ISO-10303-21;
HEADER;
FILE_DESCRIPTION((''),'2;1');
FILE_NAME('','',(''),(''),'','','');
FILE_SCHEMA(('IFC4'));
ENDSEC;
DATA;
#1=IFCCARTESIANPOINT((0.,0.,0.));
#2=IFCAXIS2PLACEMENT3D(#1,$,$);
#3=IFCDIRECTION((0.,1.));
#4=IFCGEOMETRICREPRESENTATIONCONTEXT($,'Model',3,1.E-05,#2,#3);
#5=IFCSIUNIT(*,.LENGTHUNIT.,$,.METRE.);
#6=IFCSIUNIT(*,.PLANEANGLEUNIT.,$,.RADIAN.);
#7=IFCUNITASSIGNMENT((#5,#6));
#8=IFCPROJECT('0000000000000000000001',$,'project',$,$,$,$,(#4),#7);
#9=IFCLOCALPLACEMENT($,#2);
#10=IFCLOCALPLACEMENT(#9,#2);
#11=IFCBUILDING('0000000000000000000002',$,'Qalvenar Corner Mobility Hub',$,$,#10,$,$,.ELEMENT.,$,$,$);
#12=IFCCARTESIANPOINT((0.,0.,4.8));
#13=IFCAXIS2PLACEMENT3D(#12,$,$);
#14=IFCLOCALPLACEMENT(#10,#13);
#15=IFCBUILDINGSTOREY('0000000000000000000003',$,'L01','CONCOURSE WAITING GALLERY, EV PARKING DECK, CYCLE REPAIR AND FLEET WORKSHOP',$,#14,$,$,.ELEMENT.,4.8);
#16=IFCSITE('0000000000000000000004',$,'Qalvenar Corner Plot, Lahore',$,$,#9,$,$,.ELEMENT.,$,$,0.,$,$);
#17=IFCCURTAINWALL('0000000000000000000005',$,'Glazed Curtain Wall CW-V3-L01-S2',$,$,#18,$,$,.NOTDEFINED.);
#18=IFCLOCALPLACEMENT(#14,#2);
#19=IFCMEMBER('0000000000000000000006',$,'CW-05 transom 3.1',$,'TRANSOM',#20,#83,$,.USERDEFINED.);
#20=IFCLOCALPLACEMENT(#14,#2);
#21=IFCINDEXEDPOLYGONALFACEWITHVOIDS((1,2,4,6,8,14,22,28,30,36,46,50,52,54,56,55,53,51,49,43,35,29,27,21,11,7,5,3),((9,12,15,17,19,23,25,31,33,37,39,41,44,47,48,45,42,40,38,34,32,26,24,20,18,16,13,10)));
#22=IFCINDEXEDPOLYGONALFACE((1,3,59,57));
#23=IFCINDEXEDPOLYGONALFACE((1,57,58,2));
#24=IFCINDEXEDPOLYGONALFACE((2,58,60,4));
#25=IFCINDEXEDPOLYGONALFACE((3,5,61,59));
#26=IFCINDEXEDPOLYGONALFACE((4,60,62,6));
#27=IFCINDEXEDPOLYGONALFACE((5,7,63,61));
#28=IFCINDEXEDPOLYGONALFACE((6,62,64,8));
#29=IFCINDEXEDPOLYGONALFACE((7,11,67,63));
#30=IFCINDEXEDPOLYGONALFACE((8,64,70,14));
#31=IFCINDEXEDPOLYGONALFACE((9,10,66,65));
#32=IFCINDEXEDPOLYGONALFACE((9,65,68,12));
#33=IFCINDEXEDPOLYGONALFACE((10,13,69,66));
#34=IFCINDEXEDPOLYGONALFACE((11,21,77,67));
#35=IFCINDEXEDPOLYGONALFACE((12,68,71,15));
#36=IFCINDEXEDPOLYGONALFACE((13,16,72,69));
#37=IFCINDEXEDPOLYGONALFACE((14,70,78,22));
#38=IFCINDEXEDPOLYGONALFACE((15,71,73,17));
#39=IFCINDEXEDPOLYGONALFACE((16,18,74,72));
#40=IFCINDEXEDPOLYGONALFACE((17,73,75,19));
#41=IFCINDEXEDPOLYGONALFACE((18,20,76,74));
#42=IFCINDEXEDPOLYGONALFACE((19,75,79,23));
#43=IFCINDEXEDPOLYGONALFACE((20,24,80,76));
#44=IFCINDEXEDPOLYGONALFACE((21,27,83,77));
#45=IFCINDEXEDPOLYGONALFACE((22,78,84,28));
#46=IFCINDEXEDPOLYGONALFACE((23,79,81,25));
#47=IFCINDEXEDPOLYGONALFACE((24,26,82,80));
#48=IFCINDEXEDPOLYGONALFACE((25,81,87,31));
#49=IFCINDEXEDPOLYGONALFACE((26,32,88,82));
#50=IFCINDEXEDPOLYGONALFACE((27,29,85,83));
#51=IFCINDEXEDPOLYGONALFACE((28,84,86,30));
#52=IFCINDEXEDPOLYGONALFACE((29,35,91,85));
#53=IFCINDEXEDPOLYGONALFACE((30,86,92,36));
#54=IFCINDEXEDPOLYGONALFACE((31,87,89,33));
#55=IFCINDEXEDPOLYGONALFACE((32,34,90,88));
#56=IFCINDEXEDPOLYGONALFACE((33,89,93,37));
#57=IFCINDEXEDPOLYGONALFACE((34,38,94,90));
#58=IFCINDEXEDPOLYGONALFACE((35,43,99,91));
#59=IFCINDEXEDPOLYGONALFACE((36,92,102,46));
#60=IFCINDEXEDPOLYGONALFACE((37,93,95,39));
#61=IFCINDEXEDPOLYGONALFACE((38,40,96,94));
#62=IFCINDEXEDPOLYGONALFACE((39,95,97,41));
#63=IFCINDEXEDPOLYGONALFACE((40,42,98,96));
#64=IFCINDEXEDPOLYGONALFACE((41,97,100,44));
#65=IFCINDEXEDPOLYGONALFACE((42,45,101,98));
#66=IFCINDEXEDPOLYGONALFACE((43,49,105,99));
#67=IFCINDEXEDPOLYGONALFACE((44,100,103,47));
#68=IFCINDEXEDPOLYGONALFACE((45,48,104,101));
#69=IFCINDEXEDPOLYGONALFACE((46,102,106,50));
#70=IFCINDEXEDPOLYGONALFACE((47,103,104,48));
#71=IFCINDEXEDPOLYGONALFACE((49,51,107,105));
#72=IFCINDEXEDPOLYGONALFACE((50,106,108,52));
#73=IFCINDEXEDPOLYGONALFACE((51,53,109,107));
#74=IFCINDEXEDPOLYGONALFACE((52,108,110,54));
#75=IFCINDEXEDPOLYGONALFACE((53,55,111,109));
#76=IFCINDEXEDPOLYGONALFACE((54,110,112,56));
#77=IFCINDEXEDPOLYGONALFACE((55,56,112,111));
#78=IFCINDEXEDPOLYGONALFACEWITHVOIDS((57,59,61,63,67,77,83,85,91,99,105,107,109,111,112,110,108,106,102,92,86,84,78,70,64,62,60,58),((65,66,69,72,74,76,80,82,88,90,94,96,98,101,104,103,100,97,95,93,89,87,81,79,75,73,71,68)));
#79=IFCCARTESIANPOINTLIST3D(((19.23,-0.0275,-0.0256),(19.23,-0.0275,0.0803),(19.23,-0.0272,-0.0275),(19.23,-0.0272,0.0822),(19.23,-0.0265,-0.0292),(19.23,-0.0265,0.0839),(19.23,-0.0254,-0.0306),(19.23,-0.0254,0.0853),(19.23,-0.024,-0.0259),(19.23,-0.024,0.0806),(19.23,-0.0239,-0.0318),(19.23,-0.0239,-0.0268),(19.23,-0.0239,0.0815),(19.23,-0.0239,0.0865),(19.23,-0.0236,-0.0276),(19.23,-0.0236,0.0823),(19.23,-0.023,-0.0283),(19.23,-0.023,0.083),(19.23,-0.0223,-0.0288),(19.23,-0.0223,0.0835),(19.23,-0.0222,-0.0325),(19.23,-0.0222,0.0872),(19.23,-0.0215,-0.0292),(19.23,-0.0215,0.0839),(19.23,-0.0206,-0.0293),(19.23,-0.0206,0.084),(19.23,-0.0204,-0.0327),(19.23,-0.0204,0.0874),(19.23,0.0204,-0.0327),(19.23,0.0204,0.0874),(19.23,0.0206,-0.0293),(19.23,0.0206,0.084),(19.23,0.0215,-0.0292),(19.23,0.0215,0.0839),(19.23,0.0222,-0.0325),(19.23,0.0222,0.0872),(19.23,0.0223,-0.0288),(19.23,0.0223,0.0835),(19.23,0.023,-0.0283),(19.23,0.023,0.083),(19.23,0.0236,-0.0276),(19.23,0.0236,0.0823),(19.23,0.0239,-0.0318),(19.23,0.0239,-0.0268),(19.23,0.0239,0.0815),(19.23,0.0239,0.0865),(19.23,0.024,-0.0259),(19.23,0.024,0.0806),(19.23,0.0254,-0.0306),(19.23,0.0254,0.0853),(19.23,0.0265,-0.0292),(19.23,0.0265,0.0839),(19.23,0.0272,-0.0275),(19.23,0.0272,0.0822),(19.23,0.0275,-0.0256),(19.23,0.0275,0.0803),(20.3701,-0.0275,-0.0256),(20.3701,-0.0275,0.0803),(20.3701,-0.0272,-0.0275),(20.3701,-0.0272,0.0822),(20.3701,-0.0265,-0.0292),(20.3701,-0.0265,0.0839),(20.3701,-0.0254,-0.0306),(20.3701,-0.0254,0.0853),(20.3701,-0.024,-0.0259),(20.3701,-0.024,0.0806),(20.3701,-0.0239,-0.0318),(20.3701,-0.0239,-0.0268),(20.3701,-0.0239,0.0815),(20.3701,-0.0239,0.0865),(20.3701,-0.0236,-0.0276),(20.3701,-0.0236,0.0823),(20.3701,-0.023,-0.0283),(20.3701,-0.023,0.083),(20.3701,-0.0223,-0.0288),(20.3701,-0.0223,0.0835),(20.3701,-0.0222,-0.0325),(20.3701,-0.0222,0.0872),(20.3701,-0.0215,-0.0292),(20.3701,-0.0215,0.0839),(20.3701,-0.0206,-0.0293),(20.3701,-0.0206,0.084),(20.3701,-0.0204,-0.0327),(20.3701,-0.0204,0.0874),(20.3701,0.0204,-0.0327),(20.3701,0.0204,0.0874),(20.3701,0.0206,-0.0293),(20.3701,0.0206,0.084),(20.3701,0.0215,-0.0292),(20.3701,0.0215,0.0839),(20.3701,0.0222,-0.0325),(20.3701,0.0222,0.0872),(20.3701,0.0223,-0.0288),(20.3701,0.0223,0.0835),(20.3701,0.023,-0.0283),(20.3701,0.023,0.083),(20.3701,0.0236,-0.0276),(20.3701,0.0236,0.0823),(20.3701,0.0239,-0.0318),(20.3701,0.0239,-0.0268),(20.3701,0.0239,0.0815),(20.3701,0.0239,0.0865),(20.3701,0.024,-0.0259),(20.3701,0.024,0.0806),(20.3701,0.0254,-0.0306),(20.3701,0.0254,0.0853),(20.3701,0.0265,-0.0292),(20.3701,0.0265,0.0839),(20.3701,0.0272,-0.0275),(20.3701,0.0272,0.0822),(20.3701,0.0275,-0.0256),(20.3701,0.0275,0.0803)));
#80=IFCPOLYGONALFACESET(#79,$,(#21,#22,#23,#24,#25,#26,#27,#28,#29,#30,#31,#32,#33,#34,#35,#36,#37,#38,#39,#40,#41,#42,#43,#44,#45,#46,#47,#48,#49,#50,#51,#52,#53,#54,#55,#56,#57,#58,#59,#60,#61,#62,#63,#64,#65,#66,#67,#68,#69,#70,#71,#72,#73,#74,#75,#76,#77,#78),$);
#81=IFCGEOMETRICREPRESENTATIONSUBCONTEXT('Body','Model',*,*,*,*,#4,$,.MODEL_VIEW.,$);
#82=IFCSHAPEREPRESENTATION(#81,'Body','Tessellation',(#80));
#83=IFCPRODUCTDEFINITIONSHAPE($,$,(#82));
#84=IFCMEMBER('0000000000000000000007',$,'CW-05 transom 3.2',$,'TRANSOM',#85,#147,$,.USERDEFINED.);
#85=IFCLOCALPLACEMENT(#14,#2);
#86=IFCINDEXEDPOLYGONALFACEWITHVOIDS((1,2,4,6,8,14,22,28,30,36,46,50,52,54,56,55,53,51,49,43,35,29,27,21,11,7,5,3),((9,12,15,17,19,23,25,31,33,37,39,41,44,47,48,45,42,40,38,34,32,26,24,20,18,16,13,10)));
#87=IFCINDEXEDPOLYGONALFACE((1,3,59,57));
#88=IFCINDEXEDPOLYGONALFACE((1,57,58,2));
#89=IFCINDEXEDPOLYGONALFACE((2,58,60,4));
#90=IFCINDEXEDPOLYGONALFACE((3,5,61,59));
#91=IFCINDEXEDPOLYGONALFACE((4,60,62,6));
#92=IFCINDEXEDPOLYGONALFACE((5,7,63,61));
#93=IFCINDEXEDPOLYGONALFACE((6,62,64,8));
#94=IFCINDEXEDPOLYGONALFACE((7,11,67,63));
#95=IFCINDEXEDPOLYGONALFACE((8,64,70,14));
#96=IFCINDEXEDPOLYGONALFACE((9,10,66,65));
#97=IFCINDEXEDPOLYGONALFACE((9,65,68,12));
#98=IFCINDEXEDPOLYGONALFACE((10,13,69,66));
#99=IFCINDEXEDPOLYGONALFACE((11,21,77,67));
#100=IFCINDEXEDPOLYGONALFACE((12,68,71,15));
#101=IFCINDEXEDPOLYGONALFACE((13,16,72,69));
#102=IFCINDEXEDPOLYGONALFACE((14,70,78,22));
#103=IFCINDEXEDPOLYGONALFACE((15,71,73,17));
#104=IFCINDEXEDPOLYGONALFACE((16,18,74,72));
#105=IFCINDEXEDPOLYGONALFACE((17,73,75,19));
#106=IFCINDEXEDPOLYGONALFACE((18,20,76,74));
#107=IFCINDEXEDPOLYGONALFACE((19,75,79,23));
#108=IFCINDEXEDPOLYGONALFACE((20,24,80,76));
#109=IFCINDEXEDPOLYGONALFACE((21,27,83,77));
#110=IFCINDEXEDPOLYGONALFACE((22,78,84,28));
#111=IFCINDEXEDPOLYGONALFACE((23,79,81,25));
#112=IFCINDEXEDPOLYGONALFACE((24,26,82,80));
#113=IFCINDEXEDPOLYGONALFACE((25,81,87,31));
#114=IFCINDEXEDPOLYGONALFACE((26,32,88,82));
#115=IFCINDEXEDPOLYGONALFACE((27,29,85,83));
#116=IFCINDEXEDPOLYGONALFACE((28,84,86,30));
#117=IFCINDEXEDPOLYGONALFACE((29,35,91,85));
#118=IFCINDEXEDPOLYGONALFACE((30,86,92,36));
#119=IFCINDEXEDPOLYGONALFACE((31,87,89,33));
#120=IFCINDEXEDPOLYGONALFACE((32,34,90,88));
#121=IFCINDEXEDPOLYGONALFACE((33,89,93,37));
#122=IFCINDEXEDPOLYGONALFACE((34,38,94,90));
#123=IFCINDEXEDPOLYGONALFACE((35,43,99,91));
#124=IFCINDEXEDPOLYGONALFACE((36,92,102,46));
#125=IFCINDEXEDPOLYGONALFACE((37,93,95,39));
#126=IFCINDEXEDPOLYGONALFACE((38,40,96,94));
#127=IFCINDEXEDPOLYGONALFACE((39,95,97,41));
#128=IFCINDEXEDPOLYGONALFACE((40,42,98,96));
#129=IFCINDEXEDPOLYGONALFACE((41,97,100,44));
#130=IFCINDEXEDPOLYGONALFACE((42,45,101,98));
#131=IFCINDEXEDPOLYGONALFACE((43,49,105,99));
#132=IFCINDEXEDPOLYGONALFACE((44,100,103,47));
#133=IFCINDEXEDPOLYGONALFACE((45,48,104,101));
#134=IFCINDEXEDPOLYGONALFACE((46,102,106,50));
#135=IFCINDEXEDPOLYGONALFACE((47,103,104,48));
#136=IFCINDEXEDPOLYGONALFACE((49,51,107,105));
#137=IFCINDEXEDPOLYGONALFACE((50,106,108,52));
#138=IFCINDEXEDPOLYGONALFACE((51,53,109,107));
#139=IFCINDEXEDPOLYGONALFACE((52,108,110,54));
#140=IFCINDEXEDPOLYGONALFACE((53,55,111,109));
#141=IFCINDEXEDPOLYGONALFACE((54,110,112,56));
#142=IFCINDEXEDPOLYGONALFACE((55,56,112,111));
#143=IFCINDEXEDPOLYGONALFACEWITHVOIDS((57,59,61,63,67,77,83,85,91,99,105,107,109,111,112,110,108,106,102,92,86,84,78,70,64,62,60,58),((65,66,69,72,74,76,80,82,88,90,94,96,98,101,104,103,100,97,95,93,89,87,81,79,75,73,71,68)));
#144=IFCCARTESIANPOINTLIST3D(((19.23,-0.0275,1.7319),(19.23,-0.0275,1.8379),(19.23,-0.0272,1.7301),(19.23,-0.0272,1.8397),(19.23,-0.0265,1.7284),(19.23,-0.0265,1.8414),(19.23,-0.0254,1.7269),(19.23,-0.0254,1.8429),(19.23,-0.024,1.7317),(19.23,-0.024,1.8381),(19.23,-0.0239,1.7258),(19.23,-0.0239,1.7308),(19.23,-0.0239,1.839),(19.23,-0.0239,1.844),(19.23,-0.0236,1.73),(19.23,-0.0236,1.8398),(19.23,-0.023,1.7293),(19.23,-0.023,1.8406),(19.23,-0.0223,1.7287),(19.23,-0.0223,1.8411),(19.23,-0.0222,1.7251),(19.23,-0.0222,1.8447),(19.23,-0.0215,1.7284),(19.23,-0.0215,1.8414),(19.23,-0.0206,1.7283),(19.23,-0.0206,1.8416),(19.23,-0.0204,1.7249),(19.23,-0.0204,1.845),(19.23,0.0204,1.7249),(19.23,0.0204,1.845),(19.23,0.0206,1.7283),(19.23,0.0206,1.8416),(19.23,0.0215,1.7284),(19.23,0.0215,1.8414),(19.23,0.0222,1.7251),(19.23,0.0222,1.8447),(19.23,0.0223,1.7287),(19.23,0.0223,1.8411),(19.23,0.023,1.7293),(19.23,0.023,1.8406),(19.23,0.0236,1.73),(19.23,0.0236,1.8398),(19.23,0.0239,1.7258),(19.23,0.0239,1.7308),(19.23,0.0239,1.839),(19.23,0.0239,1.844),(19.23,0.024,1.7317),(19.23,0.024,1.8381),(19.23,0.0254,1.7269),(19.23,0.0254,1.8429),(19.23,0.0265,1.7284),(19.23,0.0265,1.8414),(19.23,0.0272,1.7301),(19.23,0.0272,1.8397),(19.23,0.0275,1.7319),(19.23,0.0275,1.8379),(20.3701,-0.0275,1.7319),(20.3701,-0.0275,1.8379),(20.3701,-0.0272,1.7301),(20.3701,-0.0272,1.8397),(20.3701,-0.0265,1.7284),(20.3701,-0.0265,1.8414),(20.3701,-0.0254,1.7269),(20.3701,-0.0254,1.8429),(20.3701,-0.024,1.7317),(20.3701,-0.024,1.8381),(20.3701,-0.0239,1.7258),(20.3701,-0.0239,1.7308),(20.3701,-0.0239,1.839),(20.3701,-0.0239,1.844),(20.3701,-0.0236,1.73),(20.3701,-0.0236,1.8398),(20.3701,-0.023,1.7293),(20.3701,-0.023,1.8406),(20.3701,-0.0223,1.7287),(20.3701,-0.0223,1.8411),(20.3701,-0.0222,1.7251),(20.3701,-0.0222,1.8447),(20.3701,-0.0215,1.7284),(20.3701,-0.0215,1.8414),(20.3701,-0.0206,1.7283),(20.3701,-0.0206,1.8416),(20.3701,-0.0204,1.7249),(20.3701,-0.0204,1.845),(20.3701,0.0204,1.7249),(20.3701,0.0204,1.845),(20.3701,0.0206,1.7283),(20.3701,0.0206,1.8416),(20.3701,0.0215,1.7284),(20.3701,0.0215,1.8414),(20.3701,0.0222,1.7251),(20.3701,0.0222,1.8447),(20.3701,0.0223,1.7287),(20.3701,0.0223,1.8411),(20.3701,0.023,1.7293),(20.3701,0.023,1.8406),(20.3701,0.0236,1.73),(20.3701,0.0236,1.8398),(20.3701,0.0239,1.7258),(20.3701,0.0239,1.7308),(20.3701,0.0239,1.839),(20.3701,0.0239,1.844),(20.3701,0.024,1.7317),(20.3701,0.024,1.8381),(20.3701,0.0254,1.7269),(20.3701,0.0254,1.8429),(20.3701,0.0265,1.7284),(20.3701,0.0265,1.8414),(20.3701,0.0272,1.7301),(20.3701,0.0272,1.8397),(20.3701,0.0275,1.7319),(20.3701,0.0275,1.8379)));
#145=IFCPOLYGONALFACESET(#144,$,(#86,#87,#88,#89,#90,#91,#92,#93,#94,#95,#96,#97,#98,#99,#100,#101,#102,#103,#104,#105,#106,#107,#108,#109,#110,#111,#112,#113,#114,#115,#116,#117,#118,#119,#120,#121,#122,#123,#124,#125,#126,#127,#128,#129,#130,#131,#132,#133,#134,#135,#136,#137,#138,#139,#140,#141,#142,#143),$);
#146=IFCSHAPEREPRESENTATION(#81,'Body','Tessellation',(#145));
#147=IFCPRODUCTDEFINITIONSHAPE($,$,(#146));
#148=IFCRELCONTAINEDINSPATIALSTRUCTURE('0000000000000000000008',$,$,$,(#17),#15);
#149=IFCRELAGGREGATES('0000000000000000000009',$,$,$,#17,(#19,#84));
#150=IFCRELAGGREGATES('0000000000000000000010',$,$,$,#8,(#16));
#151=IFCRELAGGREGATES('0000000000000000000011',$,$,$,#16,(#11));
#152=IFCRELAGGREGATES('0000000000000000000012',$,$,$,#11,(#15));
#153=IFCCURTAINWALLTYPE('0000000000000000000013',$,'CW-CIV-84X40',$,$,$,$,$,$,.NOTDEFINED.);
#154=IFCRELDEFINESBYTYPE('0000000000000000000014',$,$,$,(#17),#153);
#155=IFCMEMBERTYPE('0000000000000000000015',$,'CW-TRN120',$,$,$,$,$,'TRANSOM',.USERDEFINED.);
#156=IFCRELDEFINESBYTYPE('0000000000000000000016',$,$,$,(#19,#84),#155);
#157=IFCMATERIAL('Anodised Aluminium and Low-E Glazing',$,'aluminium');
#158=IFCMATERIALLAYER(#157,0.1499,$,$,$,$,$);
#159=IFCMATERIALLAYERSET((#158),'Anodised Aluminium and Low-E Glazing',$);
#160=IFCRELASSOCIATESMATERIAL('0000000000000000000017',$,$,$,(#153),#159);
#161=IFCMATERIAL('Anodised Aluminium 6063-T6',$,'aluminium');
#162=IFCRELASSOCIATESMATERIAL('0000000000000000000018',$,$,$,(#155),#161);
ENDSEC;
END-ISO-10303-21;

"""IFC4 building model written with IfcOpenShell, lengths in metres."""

from ifc_helpers import new_model, si_unit, direction, frame, origin, origin_2d, place, context, subcontext, project, spatial, hollow_rectangle, extrude, material, layer, layer_set, material_profile, profile_set, type_object, element, aggregate, save


model = new_model("IFC4")

# Units and contexts
model_context = context("Model", 3, precision=1e-05, world=origin(), true_north=direction((0.0, 1.0)))
body_context = subcontext(model_context, "Body", "Model", "MODEL_VIEW")
ifc_project = project(units=[si_unit("LENGTHUNIT", "METRE"), si_unit("PLANEANGLEUNIT", "RADIAN")], contexts=[model_context])

# Site, building, storey
site_placement = place(None, origin())
site = spatial("IfcSite", under=ifc_project, at=site_placement, Name="Qalvenar Corner Plot, Lahore", CompositionType="ELEMENT", RefElevation=0.0)
building_placement = place(site_placement, origin())
building = spatial("IfcBuilding", under=site, at=building_placement, Name="Qalvenar Corner Mobility Hub", CompositionType="ELEMENT")
storey_placement = place(building_placement, frame((0.0, 0.0, 4.8)))
storey = spatial("IfcBuildingStorey", under=building, at=storey_placement, Name="L01", Description="CONCOURSE WAITING GALLERY, EV PARKING DECK, CYCLE REPAIR AND FLEET WORKSHOP", CompositionType="ELEMENT", Elevation=4.8)

# Curtain wall, members
ifc_material_1 = material(Name="Anodised Aluminium and Low-E Glazing", Category="aluminium")
ifc_layer_1 = layer(ifc_material_1, 0.1499)
ifc_layer_set_1 = layer_set([ifc_layer_1], Name="Anodised Aluminium and Low-E Glazing")
curtain_wall_type = type_object("IfcCurtainWallType", Name="CW-CIV-84X40", PredefinedType="NOTDEFINED", material=ifc_layer_set_1)
curtain_wall_placement = place(storey_placement, origin())
curtain_wall = element("IfcCurtainWall", 1, at=curtain_wall_placement, inside=storey, type_object=curtain_wall_type, Name="Glazed Curtain Wall CW-V3-L01-S2", PredefinedType="NOTDEFINED")
ifc_material_2 = material(Name="Anodised Aluminium 6063-T6", Category="aluminium")
ifc_material_profile_1 = material_profile(ifc_material_2, hollow_rectangle(XDim=0.0549, YDim=0.1201, WallThickness=0.0034, InnerFilletRadius=0.0034, OuterFilletRadius=0.0071, at=origin_2d()), Name="RHS120x55x3.5")
ifc_profile_set_1 = profile_set([ifc_material_profile_1], Name="Anodised Aluminium 6063-T6")
member_type_1 = type_object("IfcMemberType", Name="CW-TRN120", ElementType="TRANSOM", PredefinedType="USERDEFINED", material=ifc_profile_set_1)
member_1_placement = place(storey_placement, frame((19.23, 0.0, 0.0273), z_axis=(1.0, 0.0, 0.0), x_axis=(0.0, 1.0, 0.0)))
member_1 = element("IfcMember", 2, at=member_1_placement, type_object=member_type_1, Name="CW-05 transom 3.1", ObjectType="TRANSOM", PredefinedType="USERDEFINED", context=body_context, shape_type="SweptSolid", body=[
    extrude(hollow_rectangle(XDim=0.0549, YDim=0.1201, WallThickness=0.0034, InnerFilletRadius=0.0034, OuterFilletRadius=0.0071, at=origin_2d()), origin(), (0.0, 0.0, 1.0), 1.1401),
])
member_2_placement = place(storey_placement, frame((19.23, 0.0, 1.7849), z_axis=(1.0, 0.0, 0.0), x_axis=(0.0, 1.0, 0.0)))
member_2 = element("IfcMember", 3, at=member_2_placement, type_object=member_type_1, Name="CW-05 transom 3.2", ObjectType="TRANSOM", PredefinedType="USERDEFINED", context=body_context, shape_type="SweptSolid", body=[
    extrude(hollow_rectangle(XDim=0.0549, YDim=0.1201, WallThickness=0.0034, InnerFilletRadius=0.0034, OuterFilletRadius=0.0071, at=origin_2d()), origin(), (0.0, 0.0, 1.0), 1.1401),
])
aggregate(curtain_wall, [member_1, member_2])

save(model, "model.ifc")
